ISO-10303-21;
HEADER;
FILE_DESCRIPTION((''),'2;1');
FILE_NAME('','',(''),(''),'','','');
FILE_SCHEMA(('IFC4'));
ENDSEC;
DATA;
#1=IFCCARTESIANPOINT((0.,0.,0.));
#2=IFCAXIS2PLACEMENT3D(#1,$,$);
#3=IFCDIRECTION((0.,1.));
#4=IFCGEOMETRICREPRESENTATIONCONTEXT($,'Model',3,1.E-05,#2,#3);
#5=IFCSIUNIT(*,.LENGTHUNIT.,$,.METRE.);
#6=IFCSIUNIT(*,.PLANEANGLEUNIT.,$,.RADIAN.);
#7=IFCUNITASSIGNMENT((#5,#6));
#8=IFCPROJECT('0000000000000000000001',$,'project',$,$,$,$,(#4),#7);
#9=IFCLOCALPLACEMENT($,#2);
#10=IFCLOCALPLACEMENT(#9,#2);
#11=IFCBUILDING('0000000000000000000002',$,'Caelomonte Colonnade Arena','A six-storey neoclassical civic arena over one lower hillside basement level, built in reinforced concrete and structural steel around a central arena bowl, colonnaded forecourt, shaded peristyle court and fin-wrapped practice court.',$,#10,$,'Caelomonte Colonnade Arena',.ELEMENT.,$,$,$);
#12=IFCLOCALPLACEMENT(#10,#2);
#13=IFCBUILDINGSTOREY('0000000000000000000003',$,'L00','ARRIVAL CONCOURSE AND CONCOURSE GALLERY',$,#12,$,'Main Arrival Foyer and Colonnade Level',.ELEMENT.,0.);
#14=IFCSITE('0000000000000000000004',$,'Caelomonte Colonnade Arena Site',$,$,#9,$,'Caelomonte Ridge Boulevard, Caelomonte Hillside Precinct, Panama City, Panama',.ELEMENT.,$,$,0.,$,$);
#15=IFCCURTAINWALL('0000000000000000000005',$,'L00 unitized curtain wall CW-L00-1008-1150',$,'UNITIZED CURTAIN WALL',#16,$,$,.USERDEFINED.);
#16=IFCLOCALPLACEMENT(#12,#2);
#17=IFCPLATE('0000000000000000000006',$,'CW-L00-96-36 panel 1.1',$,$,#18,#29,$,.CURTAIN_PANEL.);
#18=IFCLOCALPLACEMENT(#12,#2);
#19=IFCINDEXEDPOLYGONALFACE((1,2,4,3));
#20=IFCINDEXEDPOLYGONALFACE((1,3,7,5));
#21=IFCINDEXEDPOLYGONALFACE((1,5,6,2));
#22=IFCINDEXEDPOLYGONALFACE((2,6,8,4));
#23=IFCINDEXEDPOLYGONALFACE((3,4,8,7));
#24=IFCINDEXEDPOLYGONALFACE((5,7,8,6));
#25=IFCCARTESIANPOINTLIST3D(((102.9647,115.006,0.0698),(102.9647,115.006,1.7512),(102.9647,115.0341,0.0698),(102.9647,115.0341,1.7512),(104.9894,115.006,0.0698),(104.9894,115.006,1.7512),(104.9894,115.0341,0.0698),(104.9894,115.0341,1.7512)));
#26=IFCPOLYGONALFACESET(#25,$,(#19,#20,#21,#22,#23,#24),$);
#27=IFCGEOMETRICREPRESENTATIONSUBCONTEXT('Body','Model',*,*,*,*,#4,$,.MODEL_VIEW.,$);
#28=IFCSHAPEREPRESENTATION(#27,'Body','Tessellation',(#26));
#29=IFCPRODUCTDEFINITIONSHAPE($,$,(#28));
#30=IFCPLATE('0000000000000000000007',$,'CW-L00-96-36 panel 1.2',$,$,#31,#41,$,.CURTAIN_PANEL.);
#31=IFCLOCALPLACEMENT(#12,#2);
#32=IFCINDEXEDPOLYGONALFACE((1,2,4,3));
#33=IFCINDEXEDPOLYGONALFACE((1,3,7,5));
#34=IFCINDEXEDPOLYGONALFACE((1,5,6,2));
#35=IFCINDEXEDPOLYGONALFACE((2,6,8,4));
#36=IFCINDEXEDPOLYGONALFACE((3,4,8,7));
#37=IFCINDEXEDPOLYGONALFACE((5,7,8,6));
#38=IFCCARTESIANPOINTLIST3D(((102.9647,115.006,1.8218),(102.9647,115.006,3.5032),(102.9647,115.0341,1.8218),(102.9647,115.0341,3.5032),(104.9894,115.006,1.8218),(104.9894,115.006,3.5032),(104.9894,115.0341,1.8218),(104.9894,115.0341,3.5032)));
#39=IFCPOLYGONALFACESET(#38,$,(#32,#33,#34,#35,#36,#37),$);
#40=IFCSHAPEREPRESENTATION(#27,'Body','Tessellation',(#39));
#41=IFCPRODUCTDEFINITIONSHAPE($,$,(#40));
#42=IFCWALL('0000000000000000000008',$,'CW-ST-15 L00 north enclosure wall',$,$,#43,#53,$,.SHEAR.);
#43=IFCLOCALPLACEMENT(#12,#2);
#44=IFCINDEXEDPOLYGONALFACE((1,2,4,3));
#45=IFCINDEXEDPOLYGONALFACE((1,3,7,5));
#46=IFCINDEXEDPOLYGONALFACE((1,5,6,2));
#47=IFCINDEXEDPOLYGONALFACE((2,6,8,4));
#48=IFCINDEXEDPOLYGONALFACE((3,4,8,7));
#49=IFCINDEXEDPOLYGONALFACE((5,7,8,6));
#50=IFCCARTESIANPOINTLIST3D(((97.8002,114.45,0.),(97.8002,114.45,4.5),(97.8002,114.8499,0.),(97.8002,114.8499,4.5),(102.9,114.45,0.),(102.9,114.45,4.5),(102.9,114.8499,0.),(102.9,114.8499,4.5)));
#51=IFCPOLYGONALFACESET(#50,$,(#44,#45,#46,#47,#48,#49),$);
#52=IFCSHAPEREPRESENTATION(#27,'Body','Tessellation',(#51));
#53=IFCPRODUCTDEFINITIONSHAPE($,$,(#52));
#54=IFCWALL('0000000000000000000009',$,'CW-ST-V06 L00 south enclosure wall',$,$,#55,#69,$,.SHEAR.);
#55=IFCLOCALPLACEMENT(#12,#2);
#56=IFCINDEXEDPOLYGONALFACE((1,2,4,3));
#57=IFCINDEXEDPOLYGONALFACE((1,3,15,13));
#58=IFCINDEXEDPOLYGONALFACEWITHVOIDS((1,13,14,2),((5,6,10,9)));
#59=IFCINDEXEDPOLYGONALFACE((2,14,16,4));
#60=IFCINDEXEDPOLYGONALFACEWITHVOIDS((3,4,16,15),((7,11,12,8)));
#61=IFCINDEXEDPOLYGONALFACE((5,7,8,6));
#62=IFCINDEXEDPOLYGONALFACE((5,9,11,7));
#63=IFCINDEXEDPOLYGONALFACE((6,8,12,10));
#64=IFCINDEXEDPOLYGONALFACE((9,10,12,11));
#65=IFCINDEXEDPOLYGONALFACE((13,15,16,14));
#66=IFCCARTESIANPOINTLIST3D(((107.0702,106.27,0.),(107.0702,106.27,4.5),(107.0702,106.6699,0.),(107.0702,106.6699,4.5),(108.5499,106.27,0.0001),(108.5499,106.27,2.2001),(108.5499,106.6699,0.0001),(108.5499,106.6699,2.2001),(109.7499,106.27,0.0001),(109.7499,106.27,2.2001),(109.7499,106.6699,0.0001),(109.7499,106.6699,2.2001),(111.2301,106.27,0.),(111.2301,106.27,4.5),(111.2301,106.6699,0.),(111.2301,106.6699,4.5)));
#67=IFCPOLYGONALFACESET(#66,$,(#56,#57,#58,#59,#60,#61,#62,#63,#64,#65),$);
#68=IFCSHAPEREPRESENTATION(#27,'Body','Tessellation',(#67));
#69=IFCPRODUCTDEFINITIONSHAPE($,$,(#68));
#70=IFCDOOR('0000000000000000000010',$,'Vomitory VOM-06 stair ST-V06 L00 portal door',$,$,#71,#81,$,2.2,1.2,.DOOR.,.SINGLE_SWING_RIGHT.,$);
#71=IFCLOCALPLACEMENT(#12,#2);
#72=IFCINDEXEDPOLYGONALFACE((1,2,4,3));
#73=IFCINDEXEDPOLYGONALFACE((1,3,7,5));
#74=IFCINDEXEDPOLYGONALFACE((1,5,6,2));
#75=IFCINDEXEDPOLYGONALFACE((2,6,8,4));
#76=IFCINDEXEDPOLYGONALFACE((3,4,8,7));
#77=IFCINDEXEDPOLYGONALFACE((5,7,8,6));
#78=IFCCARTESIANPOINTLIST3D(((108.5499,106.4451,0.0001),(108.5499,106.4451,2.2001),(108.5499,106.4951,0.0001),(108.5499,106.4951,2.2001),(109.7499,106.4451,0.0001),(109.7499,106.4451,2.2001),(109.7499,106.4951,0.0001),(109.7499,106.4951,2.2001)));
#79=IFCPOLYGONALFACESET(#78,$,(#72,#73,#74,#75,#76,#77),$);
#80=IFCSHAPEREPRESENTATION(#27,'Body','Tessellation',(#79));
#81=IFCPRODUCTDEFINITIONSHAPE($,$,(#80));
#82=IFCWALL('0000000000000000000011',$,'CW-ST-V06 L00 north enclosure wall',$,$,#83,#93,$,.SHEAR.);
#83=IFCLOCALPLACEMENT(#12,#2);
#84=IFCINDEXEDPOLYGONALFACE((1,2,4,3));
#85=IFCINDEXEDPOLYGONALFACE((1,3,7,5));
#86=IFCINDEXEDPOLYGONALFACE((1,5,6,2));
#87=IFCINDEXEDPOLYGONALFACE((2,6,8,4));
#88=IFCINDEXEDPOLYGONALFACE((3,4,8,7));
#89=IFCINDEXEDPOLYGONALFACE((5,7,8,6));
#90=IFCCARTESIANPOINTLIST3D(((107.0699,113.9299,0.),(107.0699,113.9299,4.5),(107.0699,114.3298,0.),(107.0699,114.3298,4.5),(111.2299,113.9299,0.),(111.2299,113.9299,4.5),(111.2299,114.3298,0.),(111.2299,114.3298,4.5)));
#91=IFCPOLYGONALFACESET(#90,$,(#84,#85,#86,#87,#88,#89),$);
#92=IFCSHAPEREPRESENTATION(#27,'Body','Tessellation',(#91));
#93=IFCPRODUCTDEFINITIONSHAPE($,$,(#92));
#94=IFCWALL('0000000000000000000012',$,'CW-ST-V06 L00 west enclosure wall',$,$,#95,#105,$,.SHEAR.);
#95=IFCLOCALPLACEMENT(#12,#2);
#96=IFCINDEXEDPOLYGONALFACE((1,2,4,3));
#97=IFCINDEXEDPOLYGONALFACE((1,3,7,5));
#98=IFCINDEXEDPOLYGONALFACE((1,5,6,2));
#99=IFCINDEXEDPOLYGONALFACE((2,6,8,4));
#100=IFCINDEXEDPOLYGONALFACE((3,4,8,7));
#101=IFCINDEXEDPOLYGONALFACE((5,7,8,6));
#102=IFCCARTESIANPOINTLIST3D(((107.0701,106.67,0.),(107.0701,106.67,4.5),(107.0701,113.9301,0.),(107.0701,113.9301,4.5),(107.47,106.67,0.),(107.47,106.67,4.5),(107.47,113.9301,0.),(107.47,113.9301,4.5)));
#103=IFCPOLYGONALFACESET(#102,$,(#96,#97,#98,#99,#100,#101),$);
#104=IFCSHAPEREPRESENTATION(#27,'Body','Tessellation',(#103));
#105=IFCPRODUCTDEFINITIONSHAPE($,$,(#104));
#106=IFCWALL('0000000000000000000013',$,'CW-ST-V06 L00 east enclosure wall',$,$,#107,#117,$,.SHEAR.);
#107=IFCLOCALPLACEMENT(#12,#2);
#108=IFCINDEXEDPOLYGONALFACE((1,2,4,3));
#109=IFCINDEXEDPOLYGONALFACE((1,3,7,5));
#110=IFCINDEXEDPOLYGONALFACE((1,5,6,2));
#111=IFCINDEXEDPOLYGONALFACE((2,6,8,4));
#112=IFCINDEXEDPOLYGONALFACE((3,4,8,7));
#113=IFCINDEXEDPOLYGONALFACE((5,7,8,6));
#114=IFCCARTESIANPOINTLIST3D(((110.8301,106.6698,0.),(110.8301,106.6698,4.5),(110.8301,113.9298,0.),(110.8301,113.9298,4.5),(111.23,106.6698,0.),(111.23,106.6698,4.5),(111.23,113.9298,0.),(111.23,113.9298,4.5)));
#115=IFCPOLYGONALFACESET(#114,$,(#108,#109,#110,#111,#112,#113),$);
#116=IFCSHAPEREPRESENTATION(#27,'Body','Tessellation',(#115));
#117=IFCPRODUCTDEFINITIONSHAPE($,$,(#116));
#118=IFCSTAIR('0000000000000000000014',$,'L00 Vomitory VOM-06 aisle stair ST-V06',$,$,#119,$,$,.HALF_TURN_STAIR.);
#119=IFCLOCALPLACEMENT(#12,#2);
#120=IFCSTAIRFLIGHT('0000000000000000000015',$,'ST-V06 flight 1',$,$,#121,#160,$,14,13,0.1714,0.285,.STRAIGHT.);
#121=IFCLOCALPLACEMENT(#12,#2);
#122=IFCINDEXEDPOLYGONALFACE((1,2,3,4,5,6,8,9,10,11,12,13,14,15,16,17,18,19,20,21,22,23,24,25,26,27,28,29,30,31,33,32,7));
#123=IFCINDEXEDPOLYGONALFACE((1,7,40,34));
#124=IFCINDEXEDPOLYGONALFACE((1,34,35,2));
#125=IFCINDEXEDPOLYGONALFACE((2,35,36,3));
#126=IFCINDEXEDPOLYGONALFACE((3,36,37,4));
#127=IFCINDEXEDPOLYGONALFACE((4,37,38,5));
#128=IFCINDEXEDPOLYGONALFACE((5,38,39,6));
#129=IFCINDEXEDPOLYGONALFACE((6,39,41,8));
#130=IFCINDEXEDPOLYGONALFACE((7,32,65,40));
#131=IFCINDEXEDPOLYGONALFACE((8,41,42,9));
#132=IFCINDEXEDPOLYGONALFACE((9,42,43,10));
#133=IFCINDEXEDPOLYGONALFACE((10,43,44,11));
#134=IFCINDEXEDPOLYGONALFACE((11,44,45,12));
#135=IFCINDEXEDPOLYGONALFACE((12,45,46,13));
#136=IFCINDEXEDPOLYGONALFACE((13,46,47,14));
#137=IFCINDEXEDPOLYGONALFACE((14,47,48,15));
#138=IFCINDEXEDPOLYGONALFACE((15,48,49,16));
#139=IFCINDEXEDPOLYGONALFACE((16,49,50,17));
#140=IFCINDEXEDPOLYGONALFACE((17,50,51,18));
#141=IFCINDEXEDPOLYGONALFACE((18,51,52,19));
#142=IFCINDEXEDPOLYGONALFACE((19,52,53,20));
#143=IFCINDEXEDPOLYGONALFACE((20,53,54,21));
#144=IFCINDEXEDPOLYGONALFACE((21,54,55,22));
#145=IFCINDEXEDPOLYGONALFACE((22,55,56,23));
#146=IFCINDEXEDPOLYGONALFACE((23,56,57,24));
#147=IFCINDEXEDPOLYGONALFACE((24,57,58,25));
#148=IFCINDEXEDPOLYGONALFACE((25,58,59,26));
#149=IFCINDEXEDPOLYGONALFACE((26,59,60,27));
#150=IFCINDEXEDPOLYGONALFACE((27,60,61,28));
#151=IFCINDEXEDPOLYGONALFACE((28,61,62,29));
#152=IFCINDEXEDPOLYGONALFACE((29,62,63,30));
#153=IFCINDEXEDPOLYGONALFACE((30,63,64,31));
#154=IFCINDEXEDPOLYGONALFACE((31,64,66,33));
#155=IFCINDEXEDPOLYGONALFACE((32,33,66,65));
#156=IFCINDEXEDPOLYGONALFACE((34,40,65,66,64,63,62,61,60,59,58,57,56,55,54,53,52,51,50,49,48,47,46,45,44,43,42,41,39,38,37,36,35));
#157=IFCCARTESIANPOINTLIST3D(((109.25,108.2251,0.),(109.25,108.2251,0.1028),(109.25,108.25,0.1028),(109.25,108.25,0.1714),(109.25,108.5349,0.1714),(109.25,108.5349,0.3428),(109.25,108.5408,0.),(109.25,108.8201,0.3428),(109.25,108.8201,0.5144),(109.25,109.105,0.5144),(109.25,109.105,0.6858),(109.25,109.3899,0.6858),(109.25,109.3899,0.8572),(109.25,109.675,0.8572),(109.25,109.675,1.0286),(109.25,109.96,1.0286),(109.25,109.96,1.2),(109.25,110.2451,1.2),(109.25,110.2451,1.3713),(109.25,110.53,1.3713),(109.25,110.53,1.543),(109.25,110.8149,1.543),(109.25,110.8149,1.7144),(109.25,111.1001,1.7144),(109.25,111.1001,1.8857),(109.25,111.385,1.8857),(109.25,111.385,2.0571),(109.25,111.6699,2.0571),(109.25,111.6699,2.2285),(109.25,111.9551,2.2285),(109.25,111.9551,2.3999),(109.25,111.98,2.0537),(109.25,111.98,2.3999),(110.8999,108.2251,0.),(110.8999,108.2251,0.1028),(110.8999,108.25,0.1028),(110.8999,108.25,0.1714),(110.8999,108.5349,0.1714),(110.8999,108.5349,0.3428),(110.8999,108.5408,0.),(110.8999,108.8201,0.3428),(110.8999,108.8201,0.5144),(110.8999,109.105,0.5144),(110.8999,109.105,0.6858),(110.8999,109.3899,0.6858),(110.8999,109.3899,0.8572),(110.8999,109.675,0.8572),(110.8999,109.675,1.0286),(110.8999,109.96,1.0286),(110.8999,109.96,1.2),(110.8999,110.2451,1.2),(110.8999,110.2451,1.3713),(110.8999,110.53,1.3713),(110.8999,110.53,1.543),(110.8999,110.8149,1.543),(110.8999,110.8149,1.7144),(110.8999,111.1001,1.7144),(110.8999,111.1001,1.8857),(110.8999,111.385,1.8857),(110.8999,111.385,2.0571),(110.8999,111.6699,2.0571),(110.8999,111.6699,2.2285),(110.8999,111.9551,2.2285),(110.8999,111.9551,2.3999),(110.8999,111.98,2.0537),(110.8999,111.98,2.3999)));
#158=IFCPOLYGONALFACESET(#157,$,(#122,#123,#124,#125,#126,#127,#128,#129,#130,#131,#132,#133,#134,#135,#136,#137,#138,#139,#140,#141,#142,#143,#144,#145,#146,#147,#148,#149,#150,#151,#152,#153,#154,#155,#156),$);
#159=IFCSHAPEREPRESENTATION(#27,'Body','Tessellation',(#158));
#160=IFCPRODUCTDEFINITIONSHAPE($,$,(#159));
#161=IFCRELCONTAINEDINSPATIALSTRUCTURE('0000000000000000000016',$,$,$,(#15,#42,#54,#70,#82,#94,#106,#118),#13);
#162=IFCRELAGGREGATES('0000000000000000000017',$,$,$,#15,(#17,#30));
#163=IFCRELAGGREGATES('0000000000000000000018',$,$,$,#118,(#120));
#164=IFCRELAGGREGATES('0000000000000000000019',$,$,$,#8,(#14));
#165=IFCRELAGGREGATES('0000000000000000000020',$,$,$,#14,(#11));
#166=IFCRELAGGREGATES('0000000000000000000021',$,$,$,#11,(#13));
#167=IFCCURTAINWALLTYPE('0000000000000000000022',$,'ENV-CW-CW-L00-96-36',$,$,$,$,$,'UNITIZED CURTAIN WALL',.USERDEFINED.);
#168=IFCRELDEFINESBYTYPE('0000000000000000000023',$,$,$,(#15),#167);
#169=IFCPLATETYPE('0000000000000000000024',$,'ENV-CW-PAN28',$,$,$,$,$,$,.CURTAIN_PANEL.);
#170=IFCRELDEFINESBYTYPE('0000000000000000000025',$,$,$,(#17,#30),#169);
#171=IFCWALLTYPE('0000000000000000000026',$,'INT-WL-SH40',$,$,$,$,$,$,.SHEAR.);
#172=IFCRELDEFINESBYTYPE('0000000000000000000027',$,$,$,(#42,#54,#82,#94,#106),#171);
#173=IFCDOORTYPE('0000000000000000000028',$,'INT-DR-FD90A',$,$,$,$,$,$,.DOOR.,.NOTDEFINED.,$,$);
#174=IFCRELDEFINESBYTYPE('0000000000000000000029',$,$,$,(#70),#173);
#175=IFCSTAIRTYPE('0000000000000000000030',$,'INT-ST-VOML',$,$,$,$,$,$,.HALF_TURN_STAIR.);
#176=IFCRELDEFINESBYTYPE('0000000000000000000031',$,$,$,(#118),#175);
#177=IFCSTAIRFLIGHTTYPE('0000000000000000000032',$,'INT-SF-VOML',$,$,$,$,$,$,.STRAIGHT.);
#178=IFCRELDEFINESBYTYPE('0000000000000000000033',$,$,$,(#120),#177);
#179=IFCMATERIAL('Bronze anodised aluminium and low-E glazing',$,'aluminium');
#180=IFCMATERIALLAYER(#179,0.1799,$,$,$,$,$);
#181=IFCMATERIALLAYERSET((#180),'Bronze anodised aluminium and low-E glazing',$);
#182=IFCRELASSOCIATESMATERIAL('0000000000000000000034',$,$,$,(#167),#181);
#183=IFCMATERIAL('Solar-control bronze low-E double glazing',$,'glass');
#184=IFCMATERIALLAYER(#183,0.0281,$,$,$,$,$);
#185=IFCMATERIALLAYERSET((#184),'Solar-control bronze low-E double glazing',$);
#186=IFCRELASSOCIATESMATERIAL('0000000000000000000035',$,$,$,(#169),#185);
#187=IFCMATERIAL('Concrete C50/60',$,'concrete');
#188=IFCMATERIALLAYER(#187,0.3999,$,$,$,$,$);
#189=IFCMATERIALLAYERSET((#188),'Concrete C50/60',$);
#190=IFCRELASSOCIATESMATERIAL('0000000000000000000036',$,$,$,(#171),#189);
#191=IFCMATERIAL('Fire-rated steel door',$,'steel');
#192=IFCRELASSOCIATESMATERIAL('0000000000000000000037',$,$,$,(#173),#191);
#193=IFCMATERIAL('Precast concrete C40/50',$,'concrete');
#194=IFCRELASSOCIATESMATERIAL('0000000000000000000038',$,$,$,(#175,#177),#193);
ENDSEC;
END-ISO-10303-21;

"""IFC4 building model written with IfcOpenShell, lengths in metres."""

from ifc_helpers import new_model, si_unit, direction, frame, frame_2d, origin, origin_2d, place, context, subcontext, project, spatial, polyline, rectangle, outline, extrude, material, layer, layer_set, type_object, element, fill, aggregate, save


model = new_model("IFC4")

# Units and contexts
model_context = context("Model", 3, precision=1e-05, world=origin(), true_north=direction((0.0, 1.0)))
body_context = subcontext(model_context, "Body", "Model", "MODEL_VIEW")
ifc_project = project(units=[si_unit("LENGTHUNIT", "METRE"), si_unit("PLANEANGLEUNIT", "RADIAN")], contexts=[model_context])

# Site, building, storey
site_placement = place(None, origin())
site = spatial("IfcSite", under=ifc_project, at=site_placement, Name="Caelomonte Colonnade Arena Site", LongName="Caelomonte Ridge Boulevard, Caelomonte Hillside Precinct, Panama City, Panama", CompositionType="ELEMENT", RefElevation=0.0)
building_placement = place(site_placement, origin())
building = spatial("IfcBuilding", under=site, at=building_placement, Name="Caelomonte Colonnade Arena", Description="A six-storey neoclassical civic arena over one lower hillside basement level, built in reinforced concrete and structural steel around a central arena bowl, colonnaded forecourt, shaded peristyle court and fin-wrapped practice court.", LongName="Caelomonte Colonnade Arena", CompositionType="ELEMENT")
storey_placement = place(building_placement, origin())
storey = spatial("IfcBuildingStorey", under=building, at=storey_placement, Name="L00", Description="ARRIVAL CONCOURSE AND CONCOURSE GALLERY", LongName="Main Arrival Foyer and Colonnade Level", CompositionType="ELEMENT", Elevation=0.0)

# Shared definitions
ifc_material_1 = material(Name="Concrete C50/60", Category="concrete")

# Shared definitions
ifc_material_2 = material(Name="Bronze anodised aluminium and low-E glazing", Category="aluminium")
ifc_layer_1 = layer(ifc_material_2, 0.1799)
ifc_layer_set_1 = layer_set([ifc_layer_1], Name="Bronze anodised aluminium and low-E glazing")
curtain_wall_type = type_object("IfcCurtainWallType", Name="ENV-CW-CW-L00-96-36", ElementType="UNITIZED CURTAIN WALL", PredefinedType="USERDEFINED", material=ifc_layer_set_1)

# Curtain wall
curtain_wall_1_placement = place(storey_placement, origin())
curtain_wall_1 = element("IfcCurtainWall", 1, at=curtain_wall_1_placement, inside=storey, type_object=curtain_wall_type, Name="L00 unitized curtain wall CW-L00-1008-1150", ObjectType="UNITIZED CURTAIN WALL", PredefinedType="USERDEFINED")

# Plates
ifc_material_3 = material(Name="Solar-control bronze low-E double glazing", Category="glass")
ifc_layer_2 = layer(ifc_material_3, 0.0281)
ifc_layer_set_2 = layer_set([ifc_layer_2], Name="Solar-control bronze low-E double glazing")
plate_type = type_object("IfcPlateType", Name="ENV-CW-PAN28", PredefinedType="CURTAIN_PANEL", material=ifc_layer_set_2)
plate_1_placement = place(storey_placement, frame((103.9771, 115.02, 0.0698), z_axis=(0.0, 0.0, 1.0), x_axis=(-1.0, 0.0, 0.0)))
plate_1 = element("IfcPlate", 2, at=plate_1_placement, type_object=plate_type, Name="CW-L00-96-36 panel 1.1", PredefinedType="CURTAIN_PANEL", context=body_context, shape_type="SweptSolid", body=[
    extrude(rectangle(XDim=2.0247, YDim=0.0281, at=origin_2d()), origin(), (0.0, 0.0, 1.0), 1.6814),
])
plate_2_placement = place(storey_placement, frame((103.9771, 115.02, 1.8218), z_axis=(0.0, 0.0, 1.0), x_axis=(-1.0, 0.0, 0.0)))
plate_2 = element("IfcPlate", 3, at=plate_2_placement, type_object=plate_type, Name="CW-L00-96-36 panel 1.2", PredefinedType="CURTAIN_PANEL", context=body_context, shape_type="SweptSolid", body=[
    extrude(rectangle(XDim=2.0247, YDim=0.0281, at=origin_2d()), origin(), (0.0, 0.0, 1.0), 1.6814),
])
aggregate(curtain_wall_1, [plate_1, plate_2])

# Wall
ifc_layer_3 = layer(ifc_material_1, 0.3999)
ifc_layer_set_3 = layer_set([ifc_layer_3], Name="Concrete C50/60")
wall_type = type_object("IfcWallType", Name="INT-WL-SH40", PredefinedType="SHEAR", material=ifc_layer_set_3)
wall_1_placement = place(storey_placement, frame((102.8999, 114.6499, 0.0), z_axis=(0.0, 0.0, 1.0), x_axis=(-1.0, 0.0, 0.0)))
element("IfcWall", 4, at=wall_1_placement, inside=storey, type_object=wall_type, Name="CW-ST-15 L00 north enclosure wall", PredefinedType="SHEAR", context=body_context, shape_type="SweptSolid", body=[
    extrude(rectangle(XDim=5.0999, YDim=0.3999, at=frame_2d((2.5498, 0.0))), origin(), (0.0, 0.0, 1.0), 4.5),
])

# Wall, opening, door
wall_2_placement = place(storey_placement, frame((107.0701, 106.47, 0.0), z_axis=(0.0, 0.0, 1.0), x_axis=(1.0, 0.0, 0.0)))
wall_2 = element("IfcWall", 5, at=wall_2_placement, inside=storey, type_object=wall_type, Name="CW-ST-V06 L00 south enclosure wall", PredefinedType="SHEAR", context=body_context, shape_type="SweptSolid", body=[
    extrude(rectangle(XDim=4.1599, YDim=0.3999, at=frame_2d((2.0801, 0.0))), origin(), (0.0, 0.0, 1.0), 4.5),
])
opening_placement = place(wall_2_placement, frame((2.6799, 0.0, 0.0), z_axis=(0.0, 0.0, 1.0), x_axis=(-1.0, 0.0, 0.0)))
opening = element("IfcOpeningElement", 6, at=opening_placement, cuts=wall_2, PredefinedType="OPENING", context=body_context, shape_type="SweptSolid", body=[
    extrude(rectangle(XDim=1.2, YDim=2.2, at=frame_2d((0.6001, 1.1001))), frame((0.0, 0.21, 0.0), z_axis=(0.0, -1.0, 0.0), x_axis=(1.0, 0.0, 0.0)), (0.0, 0.0, 1.0), 0.4199),
])
ifc_material_4 = material(Name="Fire-rated steel door", Category="steel")
door_type = type_object("IfcDoorType", Name="INT-DR-FD90A", OperationType="NOTDEFINED", PredefinedType="DOOR", material=ifc_material_4)
door_placement = place(opening_placement, origin())
door = element("IfcDoor", 7, at=door_placement, inside=storey, type_object=door_type, Name="Vomitory VOM-06 stair ST-V06 L00 portal door", OperationType="SINGLE_SWING_RIGHT", OverallHeight=2.2, OverallWidth=1.2, PredefinedType="DOOR", context=body_context, shape_type="SweptSolid", body=[
    extrude(rectangle(XDim=1.2, YDim=2.2, at=frame_2d((0.6001, 1.1001))), frame((0.0, 0.0249, 0.0), z_axis=(0.0, -1.0, 0.0), x_axis=(1.0, 0.0, 0.0)), (0.0, 0.0, 1.0), 0.05),
])
fill(opening, door)

# Walls
wall_3_placement = place(storey_placement, frame((111.23, 114.1299, 0.0), z_axis=(0.0, 0.0, 1.0), x_axis=(-1.0, 0.0, 0.0)))
element("IfcWall", 8, at=wall_3_placement, inside=storey, type_object=wall_type, Name="CW-ST-V06 L00 north enclosure wall", PredefinedType="SHEAR", context=body_context, shape_type="SweptSolid", body=[
    extrude(rectangle(XDim=4.1599, YDim=0.3999, at=frame_2d((2.0801, 0.0))), origin(), (0.0, 0.0, 1.0), 4.5),
])
for number, where, z_axis, x_axis, name in (
    (9, (107.27, 113.9299, 0.0), (0.0, 0.0, 1.0), (0.0, -1.0, 0.0), "CW-ST-V06 L00 west enclosure wall"),
    (10, (111.03, 106.6699, 0.0), (0.0, 0.0, 1.0), (0.0, 1.0, 0.0), "CW-ST-V06 L00 east enclosure wall"),
):
    element("IfcWall", number, at=place(storey_placement, frame(where, z_axis=z_axis, x_axis=x_axis)), inside=storey, type_object=wall_type, Name=name, PredefinedType="SHEAR", context=body_context, shape_type="SweptSolid", body=[
        extrude(rectangle(XDim=7.26, YDim=0.3999, at=frame_2d((3.6299, 0.0))), origin(), (0.0, 0.0, 1.0), 4.5),
    ])

# Stair, stair flight
ifc_material_5 = material(Name="Precast concrete C40/50", Category="concrete")
stair_type = type_object("IfcStairType", Name="INT-ST-VOML", PredefinedType="HALF_TURN_STAIR", material=ifc_material_5)
stair_placement = place(storey_placement, origin())
stair = element("IfcStair", 11, at=stair_placement, inside=storey, type_object=stair_type, Name="L00 Vomitory VOM-06 aisle stair ST-V06", PredefinedType="HALF_TURN_STAIR")
stair_flight_type = type_object("IfcStairFlightType", Name="INT-SF-VOML", PredefinedType="STRAIGHT", material=ifc_material_5)
stair_flight_1_placement = place(storey_placement, frame((110.075, 108.25, 0.0), z_axis=(0.0, 0.0, 1.0), x_axis=(0.0, 1.0, 0.0)))
stair_flight_1 = element("IfcStairFlight", 12, at=stair_flight_1_placement, type_object=stair_flight_type, Name="ST-V06 flight 1", NumberOfRisers=14, NumberOfTreads=13, PredefinedType="STRAIGHT", RiserHeight=0.1714, TreadLength=0.285, context=body_context, shape_type="SweptSolid", body=[
    extrude(outline(polyline([(-0.0249, 0.0), (-0.0249, 0.1028), (0.0, 0.1028), (0.0, 0.1714), (0.2849, 0.1714), (0.2849, 0.3428), (0.5701, 0.3428), (0.5701, 0.5144), (0.855, 0.5144), (0.855, 0.6858), (1.1399, 0.6858), (1.1399, 0.8572), (1.425, 0.8572), (1.425, 1.0286), (1.71, 1.0286), (1.71, 1.2), (1.9951, 1.2), (1.9951, 1.3713), (2.28, 1.3713), (2.28, 1.543), (2.5649, 1.543), (2.5649, 1.7144), (2.8501, 1.7144), (2.8501, 1.8857), (3.135, 1.8857), (3.135, 2.0571), (3.4199, 2.0571), (3.4199, 2.2285), (3.7051, 2.2285), (3.7051, 2.3999), (3.73, 2.3999), (3.73, 2.0537), (0.2908, 0.0), (-0.0249, 0.0)])), frame((0.0, 0.825, 0.0), z_axis=(0.0, -1.0, 0.0), x_axis=(1.0, 0.0, 0.0)), (0.0, 0.0, 1.0), 1.6499),
])
aggregate(stair, [stair_flight_1])

save(model, "model.ifc")
